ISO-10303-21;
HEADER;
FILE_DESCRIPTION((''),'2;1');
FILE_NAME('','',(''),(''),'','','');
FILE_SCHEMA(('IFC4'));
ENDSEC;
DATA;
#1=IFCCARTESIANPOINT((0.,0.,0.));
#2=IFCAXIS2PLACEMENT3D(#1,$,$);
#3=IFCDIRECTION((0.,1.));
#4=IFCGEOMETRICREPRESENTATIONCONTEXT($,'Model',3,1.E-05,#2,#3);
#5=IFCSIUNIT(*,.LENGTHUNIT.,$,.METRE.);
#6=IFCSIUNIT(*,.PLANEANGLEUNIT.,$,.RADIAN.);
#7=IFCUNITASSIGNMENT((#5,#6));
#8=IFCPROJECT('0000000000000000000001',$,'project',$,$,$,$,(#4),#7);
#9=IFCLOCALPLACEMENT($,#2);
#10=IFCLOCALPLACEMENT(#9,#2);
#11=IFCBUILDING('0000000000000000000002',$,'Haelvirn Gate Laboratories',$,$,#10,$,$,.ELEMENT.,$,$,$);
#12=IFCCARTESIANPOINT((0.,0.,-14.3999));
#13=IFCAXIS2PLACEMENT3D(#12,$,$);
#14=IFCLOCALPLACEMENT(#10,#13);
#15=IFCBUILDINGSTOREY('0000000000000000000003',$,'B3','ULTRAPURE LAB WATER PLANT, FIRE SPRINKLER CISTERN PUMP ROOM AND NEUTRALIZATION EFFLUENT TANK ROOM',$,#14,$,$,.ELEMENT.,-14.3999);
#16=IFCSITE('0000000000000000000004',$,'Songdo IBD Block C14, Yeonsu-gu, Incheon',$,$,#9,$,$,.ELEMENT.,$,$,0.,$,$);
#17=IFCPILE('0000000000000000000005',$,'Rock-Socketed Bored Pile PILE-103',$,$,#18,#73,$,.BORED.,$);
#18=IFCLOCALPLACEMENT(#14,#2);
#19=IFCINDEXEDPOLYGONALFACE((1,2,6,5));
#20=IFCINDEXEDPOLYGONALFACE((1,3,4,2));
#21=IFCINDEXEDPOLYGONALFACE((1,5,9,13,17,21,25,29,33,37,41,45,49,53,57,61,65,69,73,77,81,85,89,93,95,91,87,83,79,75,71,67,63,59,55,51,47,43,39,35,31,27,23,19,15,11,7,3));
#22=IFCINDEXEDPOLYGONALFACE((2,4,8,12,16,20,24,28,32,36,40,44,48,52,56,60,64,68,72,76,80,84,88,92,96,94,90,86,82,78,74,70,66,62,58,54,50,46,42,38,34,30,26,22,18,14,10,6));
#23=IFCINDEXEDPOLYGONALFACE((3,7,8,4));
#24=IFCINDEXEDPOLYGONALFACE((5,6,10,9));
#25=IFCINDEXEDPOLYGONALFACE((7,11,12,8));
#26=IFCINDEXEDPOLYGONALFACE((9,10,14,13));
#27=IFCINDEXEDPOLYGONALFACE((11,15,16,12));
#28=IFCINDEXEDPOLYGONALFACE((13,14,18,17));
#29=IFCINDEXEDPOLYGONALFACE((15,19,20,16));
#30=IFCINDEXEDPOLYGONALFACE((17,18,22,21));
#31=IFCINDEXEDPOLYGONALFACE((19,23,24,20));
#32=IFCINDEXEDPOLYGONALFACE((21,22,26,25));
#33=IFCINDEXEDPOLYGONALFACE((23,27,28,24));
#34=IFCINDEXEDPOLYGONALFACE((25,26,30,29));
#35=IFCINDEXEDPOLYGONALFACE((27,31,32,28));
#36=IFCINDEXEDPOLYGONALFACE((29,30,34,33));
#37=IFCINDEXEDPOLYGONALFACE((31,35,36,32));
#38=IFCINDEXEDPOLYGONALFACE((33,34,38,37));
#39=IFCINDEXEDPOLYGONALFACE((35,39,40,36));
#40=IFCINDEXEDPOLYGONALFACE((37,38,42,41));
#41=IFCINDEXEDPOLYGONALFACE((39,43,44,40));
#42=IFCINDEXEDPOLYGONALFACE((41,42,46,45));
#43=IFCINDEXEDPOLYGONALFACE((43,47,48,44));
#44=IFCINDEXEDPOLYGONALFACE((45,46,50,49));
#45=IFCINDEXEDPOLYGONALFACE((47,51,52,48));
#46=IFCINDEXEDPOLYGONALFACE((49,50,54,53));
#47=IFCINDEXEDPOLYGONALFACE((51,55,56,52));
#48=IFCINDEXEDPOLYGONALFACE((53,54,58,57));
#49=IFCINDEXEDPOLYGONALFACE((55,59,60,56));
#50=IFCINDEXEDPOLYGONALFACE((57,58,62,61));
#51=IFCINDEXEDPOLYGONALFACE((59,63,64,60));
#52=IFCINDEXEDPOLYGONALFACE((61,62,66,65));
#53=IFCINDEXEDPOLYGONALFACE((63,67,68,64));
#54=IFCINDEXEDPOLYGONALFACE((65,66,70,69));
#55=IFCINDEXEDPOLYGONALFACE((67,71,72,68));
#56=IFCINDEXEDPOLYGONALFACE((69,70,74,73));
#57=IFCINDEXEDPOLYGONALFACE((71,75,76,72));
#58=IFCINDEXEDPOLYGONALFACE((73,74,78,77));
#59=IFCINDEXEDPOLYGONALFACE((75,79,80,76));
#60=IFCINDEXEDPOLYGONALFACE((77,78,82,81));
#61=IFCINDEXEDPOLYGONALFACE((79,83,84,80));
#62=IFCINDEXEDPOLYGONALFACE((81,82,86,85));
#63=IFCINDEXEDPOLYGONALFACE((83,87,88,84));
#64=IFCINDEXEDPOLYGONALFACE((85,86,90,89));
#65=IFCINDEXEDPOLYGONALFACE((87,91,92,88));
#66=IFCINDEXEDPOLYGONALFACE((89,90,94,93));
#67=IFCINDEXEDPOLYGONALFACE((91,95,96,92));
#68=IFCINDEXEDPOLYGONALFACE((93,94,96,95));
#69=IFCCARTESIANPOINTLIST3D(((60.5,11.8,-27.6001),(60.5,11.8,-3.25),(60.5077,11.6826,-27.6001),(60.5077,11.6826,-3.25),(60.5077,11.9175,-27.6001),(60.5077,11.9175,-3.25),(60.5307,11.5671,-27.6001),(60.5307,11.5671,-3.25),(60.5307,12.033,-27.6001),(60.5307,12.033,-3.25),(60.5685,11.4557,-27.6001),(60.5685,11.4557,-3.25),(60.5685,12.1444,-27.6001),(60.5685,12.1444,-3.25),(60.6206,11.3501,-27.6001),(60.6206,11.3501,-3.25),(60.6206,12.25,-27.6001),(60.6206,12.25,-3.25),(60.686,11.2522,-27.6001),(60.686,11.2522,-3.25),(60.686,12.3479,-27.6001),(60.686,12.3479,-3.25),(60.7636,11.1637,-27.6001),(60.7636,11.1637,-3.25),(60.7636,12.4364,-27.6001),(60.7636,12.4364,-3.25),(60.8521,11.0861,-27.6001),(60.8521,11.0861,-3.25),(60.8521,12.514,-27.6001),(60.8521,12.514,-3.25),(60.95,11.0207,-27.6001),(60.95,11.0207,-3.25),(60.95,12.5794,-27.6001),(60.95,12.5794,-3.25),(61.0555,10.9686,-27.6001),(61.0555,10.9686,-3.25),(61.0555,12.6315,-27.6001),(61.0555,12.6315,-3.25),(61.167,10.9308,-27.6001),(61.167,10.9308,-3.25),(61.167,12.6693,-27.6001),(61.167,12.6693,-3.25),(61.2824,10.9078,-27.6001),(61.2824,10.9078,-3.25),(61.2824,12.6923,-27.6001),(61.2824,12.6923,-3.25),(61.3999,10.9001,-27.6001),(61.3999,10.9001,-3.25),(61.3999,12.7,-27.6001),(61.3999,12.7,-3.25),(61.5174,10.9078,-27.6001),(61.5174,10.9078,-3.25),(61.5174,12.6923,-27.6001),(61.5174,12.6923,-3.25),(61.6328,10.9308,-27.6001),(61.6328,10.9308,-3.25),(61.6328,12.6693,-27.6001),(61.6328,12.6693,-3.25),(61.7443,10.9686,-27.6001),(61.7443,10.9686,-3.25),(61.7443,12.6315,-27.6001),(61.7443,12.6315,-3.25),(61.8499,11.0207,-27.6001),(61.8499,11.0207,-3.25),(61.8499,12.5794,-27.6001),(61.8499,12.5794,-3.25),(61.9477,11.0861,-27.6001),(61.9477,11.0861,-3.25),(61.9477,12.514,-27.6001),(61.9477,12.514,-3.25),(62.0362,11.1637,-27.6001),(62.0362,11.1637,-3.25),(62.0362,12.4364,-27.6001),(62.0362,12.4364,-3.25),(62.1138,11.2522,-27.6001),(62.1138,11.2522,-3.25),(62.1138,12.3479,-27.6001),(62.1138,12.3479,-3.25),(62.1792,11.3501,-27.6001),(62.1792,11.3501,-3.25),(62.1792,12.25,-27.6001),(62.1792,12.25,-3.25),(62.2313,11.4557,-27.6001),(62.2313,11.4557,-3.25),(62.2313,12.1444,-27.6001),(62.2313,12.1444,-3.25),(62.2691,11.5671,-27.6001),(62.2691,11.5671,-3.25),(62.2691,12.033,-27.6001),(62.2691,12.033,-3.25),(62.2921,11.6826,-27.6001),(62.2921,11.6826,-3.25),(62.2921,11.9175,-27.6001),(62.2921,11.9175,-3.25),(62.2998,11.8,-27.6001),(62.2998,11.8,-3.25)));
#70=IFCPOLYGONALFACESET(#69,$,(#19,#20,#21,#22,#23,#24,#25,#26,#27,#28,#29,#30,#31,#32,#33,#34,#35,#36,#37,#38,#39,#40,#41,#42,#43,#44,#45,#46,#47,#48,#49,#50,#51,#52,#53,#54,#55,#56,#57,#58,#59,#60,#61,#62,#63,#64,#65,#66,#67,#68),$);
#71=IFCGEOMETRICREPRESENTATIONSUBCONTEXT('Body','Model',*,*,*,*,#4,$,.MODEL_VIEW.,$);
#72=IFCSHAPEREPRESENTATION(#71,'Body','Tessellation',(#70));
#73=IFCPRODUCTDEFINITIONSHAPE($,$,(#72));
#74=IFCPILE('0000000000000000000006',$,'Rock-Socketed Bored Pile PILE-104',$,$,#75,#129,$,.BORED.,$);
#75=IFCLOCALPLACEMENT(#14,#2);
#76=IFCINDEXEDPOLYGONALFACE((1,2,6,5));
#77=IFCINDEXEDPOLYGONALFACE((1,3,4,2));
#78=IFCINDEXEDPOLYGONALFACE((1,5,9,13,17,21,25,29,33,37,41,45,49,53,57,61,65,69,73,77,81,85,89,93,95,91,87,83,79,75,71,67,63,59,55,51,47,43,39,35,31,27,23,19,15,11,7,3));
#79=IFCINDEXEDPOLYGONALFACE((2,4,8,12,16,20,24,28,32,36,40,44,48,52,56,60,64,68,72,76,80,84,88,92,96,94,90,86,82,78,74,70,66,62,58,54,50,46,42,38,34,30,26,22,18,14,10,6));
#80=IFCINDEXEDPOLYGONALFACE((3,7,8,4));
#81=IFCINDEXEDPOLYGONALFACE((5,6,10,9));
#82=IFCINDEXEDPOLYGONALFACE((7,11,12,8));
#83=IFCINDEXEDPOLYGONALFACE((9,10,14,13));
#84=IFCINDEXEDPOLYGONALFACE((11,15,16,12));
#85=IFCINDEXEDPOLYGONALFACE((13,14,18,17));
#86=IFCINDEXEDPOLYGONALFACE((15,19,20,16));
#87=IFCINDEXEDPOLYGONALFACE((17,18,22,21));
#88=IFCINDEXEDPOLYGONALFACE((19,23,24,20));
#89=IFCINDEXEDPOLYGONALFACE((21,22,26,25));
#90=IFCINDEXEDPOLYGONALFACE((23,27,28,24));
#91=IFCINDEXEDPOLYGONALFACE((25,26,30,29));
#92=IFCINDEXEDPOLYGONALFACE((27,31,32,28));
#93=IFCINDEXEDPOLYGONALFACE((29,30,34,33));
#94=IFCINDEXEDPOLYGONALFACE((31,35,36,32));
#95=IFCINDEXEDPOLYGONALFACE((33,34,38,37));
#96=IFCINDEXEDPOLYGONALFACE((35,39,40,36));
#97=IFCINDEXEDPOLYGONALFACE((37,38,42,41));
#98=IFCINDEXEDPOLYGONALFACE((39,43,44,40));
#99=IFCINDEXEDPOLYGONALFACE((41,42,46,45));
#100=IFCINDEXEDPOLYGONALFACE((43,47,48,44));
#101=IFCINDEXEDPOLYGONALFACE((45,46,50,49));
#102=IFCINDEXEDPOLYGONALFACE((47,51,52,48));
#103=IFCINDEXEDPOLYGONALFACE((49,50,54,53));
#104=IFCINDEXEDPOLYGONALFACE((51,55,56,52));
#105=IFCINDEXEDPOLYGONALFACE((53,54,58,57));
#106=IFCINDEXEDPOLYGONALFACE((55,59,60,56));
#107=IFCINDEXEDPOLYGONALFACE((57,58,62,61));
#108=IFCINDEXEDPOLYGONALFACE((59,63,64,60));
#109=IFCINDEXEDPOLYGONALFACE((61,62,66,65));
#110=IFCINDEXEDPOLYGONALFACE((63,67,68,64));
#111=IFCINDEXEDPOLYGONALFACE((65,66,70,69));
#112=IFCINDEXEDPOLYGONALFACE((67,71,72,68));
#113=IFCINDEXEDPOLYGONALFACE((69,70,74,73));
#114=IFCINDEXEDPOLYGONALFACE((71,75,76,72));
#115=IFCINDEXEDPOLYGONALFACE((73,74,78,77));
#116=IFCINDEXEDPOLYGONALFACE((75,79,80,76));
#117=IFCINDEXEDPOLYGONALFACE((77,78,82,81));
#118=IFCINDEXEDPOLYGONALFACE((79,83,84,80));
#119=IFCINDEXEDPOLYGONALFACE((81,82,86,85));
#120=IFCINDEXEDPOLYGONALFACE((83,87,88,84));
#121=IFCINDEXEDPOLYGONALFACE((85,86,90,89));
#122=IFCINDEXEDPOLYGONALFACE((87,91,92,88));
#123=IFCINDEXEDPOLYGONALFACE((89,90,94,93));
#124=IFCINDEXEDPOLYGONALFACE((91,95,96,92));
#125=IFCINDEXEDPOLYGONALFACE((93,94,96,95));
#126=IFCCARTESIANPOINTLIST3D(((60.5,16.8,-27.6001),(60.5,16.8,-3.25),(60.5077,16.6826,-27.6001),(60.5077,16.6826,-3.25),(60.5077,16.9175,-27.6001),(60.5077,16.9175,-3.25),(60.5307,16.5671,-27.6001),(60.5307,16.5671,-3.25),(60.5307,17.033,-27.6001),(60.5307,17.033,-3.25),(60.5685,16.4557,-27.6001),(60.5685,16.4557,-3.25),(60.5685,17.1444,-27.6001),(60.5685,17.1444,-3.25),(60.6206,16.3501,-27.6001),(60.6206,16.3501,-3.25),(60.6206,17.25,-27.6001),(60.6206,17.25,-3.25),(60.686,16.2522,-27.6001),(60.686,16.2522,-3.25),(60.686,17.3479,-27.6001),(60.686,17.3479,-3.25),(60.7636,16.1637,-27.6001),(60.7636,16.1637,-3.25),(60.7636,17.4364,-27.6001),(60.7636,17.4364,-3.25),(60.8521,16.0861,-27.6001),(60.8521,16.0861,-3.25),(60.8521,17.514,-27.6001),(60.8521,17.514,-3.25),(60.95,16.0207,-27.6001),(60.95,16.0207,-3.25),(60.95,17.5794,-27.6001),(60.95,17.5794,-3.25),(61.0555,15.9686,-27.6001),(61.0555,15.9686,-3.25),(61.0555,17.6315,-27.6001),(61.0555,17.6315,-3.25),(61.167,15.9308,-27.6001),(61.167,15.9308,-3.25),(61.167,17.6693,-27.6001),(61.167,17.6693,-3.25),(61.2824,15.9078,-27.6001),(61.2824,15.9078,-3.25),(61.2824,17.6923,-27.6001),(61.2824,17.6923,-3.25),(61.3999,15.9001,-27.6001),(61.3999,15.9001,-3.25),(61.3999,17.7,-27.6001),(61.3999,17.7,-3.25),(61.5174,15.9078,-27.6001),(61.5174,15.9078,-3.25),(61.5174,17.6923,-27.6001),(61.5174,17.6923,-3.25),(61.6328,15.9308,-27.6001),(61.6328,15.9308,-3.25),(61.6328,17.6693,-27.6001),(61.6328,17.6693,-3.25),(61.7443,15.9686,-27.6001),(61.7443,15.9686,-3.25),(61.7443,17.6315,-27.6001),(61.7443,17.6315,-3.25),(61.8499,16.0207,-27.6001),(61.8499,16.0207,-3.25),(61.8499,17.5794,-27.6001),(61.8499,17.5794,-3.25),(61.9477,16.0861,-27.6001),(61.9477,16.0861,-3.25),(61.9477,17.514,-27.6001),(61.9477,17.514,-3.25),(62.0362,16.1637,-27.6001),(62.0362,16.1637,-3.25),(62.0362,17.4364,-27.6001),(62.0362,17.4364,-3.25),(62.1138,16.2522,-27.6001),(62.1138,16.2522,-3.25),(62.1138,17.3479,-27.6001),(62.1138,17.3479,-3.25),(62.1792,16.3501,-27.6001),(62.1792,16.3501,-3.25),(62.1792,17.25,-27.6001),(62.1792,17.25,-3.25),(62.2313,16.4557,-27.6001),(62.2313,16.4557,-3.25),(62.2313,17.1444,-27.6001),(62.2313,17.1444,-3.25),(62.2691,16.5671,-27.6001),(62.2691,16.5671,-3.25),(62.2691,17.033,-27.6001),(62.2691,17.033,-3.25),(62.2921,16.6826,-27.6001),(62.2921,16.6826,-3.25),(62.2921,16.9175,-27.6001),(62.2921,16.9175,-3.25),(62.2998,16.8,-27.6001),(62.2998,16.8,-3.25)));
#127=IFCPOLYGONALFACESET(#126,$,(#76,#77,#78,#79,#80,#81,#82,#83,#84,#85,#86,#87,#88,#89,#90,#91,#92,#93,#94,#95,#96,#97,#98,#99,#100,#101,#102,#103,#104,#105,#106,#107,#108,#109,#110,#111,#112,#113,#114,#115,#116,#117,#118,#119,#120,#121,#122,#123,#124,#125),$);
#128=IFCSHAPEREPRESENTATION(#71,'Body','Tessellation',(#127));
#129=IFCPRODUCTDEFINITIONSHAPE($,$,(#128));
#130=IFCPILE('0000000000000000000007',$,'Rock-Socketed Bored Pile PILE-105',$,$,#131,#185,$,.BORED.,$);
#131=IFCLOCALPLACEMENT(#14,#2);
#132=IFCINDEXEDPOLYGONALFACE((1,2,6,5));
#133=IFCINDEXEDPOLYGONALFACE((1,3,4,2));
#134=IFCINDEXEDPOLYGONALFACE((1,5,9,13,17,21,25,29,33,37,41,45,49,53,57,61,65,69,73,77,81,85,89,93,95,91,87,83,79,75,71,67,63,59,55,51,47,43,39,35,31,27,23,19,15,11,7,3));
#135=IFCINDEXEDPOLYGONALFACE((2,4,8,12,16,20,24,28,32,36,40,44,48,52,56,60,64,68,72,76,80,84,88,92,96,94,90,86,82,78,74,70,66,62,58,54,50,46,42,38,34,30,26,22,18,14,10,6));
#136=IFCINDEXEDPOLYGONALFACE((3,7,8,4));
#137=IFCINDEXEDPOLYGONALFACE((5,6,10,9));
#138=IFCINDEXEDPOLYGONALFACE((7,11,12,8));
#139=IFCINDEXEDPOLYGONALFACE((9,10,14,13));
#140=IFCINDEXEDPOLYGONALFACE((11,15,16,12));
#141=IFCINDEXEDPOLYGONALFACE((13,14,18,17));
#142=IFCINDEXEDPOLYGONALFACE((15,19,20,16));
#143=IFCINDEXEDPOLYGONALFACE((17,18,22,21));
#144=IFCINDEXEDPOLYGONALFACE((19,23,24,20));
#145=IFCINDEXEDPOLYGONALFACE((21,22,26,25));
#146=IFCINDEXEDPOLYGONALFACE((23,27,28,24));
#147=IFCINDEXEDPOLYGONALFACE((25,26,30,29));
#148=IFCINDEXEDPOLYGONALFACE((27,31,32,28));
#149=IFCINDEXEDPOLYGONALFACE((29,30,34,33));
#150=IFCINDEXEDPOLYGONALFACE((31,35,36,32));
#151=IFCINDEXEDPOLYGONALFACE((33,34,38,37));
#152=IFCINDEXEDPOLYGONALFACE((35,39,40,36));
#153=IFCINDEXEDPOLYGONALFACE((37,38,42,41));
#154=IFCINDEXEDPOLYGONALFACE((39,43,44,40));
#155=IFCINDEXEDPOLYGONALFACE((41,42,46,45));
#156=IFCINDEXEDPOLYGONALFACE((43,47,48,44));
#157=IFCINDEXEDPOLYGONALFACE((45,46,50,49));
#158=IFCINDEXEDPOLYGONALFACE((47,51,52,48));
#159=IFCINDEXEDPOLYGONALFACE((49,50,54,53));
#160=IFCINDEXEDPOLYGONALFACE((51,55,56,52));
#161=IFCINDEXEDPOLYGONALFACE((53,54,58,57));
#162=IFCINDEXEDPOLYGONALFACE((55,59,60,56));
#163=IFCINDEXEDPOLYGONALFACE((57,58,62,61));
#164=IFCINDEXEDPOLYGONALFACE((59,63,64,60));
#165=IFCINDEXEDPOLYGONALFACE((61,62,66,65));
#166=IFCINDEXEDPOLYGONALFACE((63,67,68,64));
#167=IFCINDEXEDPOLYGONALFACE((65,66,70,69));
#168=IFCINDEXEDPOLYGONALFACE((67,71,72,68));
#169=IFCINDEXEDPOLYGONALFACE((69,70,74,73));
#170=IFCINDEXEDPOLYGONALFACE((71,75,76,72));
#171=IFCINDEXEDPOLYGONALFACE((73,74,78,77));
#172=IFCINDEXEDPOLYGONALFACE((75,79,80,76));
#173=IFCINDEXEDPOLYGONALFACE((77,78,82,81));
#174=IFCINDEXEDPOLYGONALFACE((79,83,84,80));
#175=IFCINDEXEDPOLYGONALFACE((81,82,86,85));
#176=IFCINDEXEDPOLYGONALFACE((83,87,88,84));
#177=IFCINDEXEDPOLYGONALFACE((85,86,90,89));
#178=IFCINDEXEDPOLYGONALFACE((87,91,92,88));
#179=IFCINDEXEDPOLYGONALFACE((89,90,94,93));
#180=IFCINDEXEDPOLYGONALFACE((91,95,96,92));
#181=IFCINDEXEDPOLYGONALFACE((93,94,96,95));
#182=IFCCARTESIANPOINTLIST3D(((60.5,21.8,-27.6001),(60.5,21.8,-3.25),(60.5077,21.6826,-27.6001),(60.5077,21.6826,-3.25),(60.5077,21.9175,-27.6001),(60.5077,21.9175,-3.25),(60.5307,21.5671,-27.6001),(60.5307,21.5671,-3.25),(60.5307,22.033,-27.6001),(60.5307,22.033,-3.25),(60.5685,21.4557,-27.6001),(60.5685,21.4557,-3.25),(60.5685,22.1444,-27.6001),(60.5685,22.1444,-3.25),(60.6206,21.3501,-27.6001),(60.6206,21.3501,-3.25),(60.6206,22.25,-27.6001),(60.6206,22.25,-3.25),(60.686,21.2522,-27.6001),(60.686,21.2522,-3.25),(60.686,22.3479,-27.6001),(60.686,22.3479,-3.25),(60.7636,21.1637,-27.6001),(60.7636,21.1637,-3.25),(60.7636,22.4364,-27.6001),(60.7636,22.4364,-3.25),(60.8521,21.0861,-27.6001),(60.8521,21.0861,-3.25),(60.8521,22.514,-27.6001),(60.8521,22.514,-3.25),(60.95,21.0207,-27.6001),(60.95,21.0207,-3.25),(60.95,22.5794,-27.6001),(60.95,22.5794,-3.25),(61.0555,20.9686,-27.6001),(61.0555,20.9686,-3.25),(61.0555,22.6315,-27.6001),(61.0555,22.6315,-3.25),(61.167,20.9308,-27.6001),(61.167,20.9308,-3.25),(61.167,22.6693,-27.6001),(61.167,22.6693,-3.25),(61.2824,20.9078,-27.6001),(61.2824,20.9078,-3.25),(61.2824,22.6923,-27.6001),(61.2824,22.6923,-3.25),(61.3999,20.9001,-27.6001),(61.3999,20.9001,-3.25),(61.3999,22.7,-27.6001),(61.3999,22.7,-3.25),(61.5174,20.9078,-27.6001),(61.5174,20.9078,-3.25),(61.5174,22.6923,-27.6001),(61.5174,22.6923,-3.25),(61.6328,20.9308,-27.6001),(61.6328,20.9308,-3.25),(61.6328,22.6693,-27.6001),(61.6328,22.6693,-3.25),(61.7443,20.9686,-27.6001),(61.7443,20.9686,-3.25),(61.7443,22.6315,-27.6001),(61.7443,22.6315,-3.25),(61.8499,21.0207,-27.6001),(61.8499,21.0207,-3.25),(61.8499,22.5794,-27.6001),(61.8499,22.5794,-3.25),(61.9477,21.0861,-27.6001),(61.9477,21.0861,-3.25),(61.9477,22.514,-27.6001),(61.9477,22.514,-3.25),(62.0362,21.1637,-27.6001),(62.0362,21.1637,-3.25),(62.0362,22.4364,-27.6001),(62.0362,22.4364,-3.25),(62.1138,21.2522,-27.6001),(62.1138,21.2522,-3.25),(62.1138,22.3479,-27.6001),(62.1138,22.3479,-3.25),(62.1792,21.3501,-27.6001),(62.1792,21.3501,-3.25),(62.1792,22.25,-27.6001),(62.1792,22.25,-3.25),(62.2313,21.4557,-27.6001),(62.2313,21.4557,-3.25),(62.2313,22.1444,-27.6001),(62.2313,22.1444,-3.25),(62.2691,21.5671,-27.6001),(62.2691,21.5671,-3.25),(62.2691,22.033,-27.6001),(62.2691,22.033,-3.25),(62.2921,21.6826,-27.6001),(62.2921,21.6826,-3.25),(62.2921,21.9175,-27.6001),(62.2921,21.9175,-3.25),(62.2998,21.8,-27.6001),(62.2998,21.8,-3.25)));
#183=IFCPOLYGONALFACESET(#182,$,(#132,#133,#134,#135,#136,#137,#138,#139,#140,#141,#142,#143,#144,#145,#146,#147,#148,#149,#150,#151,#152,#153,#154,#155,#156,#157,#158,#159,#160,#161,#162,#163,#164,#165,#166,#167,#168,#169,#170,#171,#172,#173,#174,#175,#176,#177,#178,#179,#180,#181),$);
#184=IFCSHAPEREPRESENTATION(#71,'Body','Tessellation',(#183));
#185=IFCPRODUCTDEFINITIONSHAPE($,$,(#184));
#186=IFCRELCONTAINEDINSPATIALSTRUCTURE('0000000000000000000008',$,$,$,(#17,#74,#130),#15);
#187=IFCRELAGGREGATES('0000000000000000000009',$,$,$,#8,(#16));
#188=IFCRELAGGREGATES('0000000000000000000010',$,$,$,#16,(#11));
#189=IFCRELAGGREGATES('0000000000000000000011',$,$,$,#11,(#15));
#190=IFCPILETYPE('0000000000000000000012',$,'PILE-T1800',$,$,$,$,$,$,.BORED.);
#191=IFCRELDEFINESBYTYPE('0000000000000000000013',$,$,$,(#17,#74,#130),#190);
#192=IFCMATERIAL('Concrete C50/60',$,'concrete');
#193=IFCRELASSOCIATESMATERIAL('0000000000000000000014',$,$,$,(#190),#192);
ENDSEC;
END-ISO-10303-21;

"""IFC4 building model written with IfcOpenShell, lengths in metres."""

from ifc_helpers import new_model, si_unit, direction, frame, origin, origin_2d, place, context, subcontext, project, spatial, circle, extrude, source, transform, mapped, material, material_profile, profile_set, type_object, type_shapes, element, save


model = new_model("IFC4")

# Units and contexts
model_context = context("Model", 3, precision=1e-05, world=origin(), true_north=direction((0.0, 1.0)))
body_context = subcontext(model_context, "Body", "Model", "MODEL_VIEW")
ifc_project = project(units=[si_unit("LENGTHUNIT", "METRE"), si_unit("PLANEANGLEUNIT", "RADIAN")], contexts=[model_context])

# Site, building, storey
site_placement = place(None, origin())
site = spatial("IfcSite", under=ifc_project, at=site_placement, Name="Songdo IBD Block C14, Yeonsu-gu, Incheon", CompositionType="ELEMENT", RefElevation=0.0)
building_placement = place(site_placement, origin())
building = spatial("IfcBuilding", under=site, at=building_placement, Name="Haelvirn Gate Laboratories", CompositionType="ELEMENT")
storey_placement = place(building_placement, frame((0.0, 0.0, -14.3999)))
storey = spatial("IfcBuildingStorey", under=building, at=storey_placement, Name="B3", Description="ULTRAPURE LAB WATER PLANT, FIRE SPRINKLER CISTERN PUMP ROOM AND NEUTRALIZATION EFFLUENT TANK ROOM", CompositionType="ELEMENT", Elevation=-14.3999)

# Piles
ifc_material_1 = material(Name="Concrete C50/60", Category="concrete")
ifc_material_profile_1 = material_profile(ifc_material_1, circle(Radius=0.8999, at=origin_2d()), Name="PILE-D1800")
ifc_profile_set_1 = profile_set([ifc_material_profile_1], Name="Concrete C50/60")
pile_type_1 = type_object("IfcPileType", Name="PILE-T1800", PredefinedType="BORED", material=ifc_profile_set_1)
shared_shape_1 = source(origin(), body_context, "Body", "SweptSolid", [
    extrude(circle(Radius=0.8999, at=origin_2d()), origin(), (0.0, 0.0, 1.0), 24.3501),
])
type_shapes(pile_type_1, [shared_shape_1])
for number, where, z_axis, x_axis, name in (
    (1, (61.3999, 11.8, -3.25), (0.0, 0.0, -1.0), (1.0, 0.0, 0.0), "Rock-Socketed Bored Pile PILE-103"),
    (2, (61.3999, 16.8, -3.25), (0.0, 0.0, -1.0), (1.0, 0.0, 0.0), "Rock-Socketed Bored Pile PILE-104"),
    (3, (61.3999, 21.8, -3.25), (0.0, 0.0, -1.0), (1.0, 0.0, 0.0), "Rock-Socketed Bored Pile PILE-105"),
):
    element("IfcPile", number, at=place(storey_placement, frame(where, z_axis=z_axis, x_axis=x_axis)), inside=storey, type_object=pile_type_1, Name=name, PredefinedType="BORED", context=body_context, shape_type="MappedRepresentation", body=[
        mapped(shared_shape_1, transform((0.0, 0.0, 0.0), scale=1.0)),
    ])

save(model, "model.ifc")
